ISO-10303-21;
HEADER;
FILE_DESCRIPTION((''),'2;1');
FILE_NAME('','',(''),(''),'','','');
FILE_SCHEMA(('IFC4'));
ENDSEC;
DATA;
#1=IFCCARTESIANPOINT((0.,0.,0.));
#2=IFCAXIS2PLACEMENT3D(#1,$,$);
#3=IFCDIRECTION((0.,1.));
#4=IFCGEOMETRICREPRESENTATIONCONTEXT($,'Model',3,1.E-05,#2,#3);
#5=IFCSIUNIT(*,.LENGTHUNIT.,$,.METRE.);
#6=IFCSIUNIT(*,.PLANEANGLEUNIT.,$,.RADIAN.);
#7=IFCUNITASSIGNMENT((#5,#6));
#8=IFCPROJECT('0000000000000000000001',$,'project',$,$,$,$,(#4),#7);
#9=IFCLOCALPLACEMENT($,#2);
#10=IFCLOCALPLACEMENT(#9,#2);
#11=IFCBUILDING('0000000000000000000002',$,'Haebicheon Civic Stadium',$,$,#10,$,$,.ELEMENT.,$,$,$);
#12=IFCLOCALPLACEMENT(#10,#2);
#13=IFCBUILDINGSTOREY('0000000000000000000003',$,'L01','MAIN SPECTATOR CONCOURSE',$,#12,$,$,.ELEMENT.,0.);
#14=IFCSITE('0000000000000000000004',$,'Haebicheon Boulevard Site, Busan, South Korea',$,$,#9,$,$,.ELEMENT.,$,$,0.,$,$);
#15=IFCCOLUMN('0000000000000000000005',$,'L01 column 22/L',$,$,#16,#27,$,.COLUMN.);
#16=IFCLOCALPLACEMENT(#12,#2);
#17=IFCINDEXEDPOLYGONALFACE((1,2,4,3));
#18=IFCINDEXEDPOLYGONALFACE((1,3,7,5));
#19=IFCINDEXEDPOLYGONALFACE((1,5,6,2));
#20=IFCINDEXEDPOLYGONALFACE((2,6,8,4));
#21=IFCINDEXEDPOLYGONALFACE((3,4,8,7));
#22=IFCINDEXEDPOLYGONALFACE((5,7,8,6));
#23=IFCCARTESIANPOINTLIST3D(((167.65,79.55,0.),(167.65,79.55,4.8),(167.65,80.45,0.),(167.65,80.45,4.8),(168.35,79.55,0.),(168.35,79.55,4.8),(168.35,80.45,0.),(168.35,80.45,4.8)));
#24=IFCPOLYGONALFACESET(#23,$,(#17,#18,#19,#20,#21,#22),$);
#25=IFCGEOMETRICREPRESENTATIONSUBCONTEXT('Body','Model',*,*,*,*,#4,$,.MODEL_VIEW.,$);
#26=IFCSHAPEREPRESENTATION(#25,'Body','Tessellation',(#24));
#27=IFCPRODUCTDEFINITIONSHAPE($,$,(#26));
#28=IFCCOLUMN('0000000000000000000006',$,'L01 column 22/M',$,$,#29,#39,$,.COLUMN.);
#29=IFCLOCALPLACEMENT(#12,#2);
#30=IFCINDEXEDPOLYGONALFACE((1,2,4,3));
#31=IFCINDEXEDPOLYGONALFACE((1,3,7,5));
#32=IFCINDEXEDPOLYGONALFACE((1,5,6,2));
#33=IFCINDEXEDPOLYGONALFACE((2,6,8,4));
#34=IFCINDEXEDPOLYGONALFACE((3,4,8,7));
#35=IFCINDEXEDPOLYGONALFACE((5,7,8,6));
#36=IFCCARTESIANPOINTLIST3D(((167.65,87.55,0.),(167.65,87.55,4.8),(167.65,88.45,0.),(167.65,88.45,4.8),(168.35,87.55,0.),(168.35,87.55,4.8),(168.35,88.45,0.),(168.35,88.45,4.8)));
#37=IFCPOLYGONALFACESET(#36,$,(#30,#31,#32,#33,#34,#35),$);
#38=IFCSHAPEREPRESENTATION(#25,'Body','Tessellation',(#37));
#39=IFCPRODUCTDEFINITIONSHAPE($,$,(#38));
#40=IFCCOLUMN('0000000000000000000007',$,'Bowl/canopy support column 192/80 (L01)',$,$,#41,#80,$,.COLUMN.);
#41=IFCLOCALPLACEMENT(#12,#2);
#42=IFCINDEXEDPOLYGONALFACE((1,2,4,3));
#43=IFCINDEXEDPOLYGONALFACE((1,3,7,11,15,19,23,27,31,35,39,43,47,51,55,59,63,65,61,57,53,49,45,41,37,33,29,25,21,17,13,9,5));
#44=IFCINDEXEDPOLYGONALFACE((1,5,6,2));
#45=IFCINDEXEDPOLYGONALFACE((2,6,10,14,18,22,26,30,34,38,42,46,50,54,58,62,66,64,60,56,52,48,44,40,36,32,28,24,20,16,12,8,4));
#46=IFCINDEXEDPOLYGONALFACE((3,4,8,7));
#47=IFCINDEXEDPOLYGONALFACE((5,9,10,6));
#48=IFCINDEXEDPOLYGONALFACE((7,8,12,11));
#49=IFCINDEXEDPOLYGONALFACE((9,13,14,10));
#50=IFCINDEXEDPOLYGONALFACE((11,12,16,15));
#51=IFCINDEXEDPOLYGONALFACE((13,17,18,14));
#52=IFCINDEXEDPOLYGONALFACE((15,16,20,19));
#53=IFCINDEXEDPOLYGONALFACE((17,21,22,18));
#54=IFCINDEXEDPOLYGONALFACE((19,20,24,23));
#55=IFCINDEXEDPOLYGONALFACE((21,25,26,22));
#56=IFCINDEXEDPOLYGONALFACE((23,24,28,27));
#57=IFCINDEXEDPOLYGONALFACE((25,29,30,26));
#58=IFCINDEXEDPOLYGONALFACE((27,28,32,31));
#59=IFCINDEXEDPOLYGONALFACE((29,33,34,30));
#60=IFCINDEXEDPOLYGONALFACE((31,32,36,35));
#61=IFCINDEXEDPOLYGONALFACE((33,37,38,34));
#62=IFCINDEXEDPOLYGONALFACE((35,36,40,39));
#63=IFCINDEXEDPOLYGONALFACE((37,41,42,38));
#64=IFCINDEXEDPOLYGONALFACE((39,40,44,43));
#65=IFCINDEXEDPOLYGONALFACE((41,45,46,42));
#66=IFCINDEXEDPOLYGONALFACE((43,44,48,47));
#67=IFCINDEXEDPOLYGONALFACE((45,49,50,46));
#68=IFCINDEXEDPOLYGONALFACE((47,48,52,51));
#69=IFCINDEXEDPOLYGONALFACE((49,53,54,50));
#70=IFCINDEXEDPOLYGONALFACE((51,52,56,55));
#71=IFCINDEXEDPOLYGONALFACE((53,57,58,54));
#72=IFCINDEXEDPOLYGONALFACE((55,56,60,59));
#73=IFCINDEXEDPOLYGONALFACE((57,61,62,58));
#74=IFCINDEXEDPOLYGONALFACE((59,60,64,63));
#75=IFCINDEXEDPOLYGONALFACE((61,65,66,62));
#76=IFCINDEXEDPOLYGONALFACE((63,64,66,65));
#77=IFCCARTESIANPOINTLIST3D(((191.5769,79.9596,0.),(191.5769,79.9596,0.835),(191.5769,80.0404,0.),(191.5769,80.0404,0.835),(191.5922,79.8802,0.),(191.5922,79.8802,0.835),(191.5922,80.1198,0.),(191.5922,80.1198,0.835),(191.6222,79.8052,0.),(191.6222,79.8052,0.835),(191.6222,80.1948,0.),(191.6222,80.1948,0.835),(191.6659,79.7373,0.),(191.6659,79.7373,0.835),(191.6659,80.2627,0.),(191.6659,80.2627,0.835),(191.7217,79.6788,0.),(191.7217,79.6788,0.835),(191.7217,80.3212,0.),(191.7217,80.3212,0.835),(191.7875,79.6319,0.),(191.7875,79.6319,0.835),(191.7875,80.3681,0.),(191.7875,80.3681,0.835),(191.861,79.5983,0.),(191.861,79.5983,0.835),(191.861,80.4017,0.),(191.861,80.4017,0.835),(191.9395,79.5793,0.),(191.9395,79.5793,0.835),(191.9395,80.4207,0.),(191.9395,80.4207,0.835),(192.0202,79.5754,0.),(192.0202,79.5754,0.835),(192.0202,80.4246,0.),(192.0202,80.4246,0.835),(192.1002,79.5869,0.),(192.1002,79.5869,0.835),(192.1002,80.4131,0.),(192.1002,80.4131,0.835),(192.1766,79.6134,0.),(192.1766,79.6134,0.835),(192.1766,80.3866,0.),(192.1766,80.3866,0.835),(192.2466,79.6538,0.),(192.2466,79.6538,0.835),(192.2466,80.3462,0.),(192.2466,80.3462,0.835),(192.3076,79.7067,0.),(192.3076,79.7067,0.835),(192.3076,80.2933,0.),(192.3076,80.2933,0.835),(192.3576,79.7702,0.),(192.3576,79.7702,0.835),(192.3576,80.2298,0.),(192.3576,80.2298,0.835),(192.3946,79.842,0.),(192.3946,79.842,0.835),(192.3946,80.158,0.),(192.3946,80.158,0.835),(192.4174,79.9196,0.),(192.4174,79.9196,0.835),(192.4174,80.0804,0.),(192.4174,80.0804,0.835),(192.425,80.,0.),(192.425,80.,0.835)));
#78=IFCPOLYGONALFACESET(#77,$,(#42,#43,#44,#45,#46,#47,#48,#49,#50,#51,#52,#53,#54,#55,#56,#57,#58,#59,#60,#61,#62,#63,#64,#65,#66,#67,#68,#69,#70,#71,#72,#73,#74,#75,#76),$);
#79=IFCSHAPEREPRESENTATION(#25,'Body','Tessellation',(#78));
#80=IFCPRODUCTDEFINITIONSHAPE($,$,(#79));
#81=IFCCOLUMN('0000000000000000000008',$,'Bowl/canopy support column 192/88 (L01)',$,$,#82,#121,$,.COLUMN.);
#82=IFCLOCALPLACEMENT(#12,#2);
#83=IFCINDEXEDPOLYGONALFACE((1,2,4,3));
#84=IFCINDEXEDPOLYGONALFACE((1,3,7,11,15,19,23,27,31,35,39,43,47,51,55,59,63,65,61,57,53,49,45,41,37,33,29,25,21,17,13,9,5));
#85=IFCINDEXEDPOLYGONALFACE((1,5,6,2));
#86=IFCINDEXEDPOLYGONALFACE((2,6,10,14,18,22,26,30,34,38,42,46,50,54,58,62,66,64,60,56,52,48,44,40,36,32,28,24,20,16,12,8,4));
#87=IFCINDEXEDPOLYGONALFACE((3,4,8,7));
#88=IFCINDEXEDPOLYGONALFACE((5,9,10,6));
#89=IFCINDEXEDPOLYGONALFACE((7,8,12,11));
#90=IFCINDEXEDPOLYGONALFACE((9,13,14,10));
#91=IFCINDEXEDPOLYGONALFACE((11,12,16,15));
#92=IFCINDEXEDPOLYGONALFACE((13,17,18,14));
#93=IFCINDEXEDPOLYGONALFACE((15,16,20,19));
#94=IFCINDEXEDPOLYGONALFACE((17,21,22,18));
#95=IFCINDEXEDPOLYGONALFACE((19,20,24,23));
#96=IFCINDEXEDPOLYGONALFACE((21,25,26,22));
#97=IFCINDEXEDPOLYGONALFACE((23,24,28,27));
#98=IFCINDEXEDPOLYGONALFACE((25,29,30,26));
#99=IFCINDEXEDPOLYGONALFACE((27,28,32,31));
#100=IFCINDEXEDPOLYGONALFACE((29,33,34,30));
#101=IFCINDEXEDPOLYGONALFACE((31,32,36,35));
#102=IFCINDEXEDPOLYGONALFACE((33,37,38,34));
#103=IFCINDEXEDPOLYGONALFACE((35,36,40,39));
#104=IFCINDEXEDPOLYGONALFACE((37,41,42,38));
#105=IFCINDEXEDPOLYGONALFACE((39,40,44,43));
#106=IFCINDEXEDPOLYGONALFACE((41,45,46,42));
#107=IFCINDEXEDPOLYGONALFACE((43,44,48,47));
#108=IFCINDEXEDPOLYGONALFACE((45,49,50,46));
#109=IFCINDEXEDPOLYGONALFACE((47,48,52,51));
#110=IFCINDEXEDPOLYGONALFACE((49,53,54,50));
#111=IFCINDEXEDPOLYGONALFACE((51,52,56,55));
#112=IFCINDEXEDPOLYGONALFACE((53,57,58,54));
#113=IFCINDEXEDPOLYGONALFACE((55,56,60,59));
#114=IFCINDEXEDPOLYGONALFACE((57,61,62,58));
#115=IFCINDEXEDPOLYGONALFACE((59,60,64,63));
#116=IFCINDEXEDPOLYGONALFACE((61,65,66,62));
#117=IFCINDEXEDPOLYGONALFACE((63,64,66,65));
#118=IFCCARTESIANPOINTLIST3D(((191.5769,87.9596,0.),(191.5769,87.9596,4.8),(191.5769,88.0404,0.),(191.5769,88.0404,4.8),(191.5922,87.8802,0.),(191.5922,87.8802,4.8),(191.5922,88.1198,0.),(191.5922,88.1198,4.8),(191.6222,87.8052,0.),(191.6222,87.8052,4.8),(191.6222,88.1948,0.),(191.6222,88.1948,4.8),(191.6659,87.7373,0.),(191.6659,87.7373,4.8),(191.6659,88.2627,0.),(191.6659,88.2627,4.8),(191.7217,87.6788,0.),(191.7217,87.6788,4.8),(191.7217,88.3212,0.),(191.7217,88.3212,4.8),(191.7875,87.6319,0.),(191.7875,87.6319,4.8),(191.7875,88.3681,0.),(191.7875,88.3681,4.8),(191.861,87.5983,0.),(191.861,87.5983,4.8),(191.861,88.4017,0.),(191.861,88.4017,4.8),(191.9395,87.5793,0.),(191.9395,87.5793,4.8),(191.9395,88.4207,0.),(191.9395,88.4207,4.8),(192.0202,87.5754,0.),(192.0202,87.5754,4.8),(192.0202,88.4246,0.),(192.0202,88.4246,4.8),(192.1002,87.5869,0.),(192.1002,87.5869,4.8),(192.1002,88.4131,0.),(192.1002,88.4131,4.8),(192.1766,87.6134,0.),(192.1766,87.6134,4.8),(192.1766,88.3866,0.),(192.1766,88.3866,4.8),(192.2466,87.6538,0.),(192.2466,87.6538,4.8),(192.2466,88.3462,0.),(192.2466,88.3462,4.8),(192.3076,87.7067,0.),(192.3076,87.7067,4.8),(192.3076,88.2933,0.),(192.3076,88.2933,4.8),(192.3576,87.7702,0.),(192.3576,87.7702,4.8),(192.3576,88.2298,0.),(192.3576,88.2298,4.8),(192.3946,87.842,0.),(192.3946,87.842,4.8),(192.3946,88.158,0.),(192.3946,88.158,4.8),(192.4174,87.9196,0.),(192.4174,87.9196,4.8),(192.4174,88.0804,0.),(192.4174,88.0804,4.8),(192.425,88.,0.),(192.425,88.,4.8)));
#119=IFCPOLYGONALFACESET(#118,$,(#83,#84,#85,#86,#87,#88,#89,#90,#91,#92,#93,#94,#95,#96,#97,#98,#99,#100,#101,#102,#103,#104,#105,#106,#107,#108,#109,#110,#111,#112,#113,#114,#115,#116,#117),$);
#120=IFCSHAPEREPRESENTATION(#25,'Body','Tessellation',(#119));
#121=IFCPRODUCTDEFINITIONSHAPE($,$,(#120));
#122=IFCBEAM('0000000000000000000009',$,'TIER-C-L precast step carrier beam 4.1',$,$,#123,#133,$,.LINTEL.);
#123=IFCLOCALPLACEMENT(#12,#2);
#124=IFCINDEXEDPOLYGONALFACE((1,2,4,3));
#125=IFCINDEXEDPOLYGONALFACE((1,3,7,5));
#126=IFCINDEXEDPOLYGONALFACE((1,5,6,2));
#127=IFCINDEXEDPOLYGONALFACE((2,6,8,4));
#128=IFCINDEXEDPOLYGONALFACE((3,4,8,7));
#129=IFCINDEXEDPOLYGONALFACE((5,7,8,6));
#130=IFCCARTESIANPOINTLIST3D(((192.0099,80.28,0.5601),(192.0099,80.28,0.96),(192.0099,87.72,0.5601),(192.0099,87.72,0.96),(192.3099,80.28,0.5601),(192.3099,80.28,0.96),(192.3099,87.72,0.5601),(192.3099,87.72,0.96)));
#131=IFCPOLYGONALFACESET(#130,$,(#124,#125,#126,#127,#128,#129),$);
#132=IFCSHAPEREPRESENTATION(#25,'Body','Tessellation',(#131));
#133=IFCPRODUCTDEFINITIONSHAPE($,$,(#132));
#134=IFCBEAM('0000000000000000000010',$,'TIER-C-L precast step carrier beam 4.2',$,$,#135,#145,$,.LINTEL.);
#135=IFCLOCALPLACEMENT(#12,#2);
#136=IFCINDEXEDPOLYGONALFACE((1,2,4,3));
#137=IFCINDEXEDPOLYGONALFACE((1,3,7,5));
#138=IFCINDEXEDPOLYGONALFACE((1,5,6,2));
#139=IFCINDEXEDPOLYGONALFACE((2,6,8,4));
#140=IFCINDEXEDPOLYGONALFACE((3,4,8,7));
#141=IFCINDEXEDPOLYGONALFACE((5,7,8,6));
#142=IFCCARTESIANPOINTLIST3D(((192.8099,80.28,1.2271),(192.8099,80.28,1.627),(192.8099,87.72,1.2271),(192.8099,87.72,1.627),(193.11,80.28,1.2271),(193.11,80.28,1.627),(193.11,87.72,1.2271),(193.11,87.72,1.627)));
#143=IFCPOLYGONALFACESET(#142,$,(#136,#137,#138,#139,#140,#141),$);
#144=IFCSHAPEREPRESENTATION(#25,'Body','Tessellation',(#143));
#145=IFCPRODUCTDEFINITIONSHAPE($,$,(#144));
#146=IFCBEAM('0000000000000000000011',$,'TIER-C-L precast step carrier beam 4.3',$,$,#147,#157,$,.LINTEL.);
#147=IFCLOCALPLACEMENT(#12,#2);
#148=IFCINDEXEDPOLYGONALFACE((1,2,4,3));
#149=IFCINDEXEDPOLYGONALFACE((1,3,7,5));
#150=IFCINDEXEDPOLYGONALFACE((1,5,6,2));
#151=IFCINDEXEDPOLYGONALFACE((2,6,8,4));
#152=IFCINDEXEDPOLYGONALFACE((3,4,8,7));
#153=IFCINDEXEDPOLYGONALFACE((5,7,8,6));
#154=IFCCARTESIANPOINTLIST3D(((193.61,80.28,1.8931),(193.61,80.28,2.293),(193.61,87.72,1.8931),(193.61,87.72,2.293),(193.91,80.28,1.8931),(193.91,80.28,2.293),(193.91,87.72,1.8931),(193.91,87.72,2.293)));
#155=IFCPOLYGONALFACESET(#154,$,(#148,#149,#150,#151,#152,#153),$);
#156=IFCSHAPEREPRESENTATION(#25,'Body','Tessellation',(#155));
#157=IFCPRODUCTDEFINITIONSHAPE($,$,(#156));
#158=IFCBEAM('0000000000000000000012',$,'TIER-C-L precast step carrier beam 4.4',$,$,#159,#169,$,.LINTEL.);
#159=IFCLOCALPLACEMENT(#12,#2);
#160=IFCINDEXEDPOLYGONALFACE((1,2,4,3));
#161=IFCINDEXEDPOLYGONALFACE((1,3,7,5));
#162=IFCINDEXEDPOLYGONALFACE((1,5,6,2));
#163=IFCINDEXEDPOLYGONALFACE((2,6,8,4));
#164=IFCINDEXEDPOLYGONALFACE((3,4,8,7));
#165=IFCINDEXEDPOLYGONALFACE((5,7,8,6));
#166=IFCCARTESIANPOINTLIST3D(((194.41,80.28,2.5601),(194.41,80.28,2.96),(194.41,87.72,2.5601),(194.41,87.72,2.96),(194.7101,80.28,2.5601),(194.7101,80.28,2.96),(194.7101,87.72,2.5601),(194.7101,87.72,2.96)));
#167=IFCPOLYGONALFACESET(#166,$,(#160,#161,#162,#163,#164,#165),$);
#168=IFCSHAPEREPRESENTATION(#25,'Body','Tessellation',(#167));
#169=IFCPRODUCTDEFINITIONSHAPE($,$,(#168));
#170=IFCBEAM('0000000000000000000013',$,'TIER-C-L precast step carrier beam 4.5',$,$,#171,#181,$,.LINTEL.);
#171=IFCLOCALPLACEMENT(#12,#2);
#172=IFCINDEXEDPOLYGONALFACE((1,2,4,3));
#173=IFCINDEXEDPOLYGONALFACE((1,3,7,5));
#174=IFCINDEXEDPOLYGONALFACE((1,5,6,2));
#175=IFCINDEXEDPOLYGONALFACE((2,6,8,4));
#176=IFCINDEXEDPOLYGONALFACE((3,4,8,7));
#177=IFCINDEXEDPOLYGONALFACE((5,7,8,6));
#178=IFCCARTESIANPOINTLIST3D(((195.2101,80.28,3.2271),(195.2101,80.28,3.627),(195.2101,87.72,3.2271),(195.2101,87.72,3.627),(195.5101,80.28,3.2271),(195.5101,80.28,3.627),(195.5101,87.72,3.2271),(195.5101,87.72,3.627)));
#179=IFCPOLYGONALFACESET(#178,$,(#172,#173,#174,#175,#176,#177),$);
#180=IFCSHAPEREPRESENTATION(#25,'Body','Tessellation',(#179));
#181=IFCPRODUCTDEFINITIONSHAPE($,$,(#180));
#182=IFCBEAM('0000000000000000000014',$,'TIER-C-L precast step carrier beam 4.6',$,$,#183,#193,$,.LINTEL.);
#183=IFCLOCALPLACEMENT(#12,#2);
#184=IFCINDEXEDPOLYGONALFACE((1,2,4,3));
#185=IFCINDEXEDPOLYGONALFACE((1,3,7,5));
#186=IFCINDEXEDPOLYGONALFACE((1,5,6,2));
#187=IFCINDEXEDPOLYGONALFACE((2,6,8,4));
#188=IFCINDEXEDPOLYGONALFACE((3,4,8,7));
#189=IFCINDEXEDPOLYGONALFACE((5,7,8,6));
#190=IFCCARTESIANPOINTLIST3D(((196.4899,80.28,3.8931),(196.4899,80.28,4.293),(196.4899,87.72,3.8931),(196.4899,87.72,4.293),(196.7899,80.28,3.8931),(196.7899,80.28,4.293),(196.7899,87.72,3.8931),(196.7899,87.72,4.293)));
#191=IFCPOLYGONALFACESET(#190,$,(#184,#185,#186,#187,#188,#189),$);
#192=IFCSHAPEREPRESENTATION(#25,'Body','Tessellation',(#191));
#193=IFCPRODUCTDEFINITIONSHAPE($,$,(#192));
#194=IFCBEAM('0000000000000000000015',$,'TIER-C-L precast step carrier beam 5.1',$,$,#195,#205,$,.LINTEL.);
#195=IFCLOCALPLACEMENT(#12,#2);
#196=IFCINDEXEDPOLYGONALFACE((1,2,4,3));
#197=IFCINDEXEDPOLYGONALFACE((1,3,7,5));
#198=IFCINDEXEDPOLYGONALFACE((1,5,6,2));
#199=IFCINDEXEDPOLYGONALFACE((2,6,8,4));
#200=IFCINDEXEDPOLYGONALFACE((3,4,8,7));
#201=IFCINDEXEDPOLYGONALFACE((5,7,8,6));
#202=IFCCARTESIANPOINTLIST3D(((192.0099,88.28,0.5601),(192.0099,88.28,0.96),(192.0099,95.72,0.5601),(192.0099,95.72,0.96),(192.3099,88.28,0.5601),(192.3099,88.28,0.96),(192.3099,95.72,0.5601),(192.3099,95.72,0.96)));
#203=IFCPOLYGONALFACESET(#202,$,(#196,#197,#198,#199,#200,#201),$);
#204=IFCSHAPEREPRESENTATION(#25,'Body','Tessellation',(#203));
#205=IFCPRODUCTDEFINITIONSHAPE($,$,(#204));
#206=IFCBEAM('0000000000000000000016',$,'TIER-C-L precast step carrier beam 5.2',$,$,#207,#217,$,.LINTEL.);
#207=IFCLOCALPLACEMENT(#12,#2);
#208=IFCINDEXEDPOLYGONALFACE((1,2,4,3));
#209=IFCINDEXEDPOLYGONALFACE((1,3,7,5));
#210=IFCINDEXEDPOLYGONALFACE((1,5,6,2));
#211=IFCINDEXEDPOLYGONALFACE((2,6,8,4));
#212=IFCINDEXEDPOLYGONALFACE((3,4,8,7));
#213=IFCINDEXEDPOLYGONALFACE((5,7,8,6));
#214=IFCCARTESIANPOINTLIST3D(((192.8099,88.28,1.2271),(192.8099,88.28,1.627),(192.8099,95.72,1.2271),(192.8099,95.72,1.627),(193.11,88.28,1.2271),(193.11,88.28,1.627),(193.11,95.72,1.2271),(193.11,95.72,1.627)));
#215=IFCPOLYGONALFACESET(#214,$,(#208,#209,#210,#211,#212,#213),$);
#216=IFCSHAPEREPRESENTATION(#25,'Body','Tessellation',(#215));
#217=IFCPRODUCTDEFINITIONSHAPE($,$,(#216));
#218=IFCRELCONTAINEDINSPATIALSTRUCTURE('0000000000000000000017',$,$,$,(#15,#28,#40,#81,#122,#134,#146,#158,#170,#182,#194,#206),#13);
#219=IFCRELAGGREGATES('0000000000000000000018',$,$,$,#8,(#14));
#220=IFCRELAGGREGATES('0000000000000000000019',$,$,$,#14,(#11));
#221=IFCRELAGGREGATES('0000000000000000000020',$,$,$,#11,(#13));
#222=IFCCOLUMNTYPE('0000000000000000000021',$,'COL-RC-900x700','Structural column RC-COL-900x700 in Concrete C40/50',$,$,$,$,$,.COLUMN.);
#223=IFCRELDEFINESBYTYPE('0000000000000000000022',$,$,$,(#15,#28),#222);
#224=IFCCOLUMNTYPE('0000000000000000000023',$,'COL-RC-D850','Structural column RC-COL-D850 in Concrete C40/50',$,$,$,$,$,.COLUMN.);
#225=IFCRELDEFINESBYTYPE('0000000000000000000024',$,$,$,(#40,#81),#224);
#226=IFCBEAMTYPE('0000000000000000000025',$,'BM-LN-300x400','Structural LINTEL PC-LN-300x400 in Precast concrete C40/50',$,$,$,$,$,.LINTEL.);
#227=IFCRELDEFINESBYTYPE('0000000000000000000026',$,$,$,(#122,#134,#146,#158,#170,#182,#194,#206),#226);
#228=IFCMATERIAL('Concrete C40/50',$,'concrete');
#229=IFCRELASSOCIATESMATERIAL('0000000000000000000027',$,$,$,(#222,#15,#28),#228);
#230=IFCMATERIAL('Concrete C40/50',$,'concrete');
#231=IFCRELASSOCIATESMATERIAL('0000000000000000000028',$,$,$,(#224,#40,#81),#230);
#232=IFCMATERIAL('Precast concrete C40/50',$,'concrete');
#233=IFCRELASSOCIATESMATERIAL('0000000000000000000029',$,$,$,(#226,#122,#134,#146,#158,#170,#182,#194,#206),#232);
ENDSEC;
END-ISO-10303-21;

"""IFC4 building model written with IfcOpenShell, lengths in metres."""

from ifc_helpers import new_model, si_unit, direction, frame, origin, origin_2d, place, context, subcontext, project, spatial, rectangle, circle, extrude, material, material_profile, profile_set, type_object, element, save


model = new_model("IFC4")

# Units and contexts
model_context = context("Model", 3, precision=1e-05, world=origin(), true_north=direction((0.0, 1.0)))
body_context = subcontext(model_context, "Body", "Model", "MODEL_VIEW")
ifc_project = project(units=[si_unit("LENGTHUNIT", "METRE"), si_unit("PLANEANGLEUNIT", "RADIAN")], contexts=[model_context])

# Site, building, storey
site_placement = place(None, origin())
site = spatial("IfcSite", under=ifc_project, at=site_placement, Name="Haebicheon Boulevard Site, Busan, South Korea", CompositionType="ELEMENT", RefElevation=0.0)
building_placement = place(site_placement, origin())
building = spatial("IfcBuilding", under=site, at=building_placement, Name="Haebicheon Civic Stadium", CompositionType="ELEMENT")
storey_placement = place(building_placement, origin())
storey = spatial("IfcBuildingStorey", under=building, at=storey_placement, Name="L01", Description="MAIN SPECTATOR CONCOURSE", CompositionType="ELEMENT", Elevation=0.0)

# Columns
ifc_material_1 = material(Name="Concrete C40/50", Category="concrete")
ifc_material_profile_1 = material_profile(ifc_material_1, rectangle(XDim=0.7, YDim=0.8999, at=origin_2d()), Name="RC-COL-900x700")
ifc_profile_set_1 = profile_set([ifc_material_profile_1], Name="Concrete C40/50")
column_type_1 = type_object("IfcColumnType", Name="COL-RC-900x700", Description="Structural column RC-COL-900x700 in Concrete C40/50", PredefinedType="COLUMN", material=ifc_profile_set_1)
for number, where, z_axis, x_axis, name in (
    (1, (168.0, 80.0, 0.0), (0.0, 0.0, 1.0), (1.0, 0.0, 0.0), "L01 column 22/L"),
    (2, (168.0, 88.0, 0.0), (0.0, 0.0, 1.0), (1.0, 0.0, 0.0), "L01 column 22/M"),
):
    element("IfcColumn", number, at=place(storey_placement, frame(where, z_axis=z_axis, x_axis=x_axis)), inside=storey, type_object=column_type_1, material=ifc_profile_set_1, Name=name, PredefinedType="COLUMN", context=body_context, shape_type="SweptSolid", body=[
        extrude(rectangle(XDim=0.7, YDim=0.8999, at=origin_2d()), origin(), (0.0, 0.0, 1.0), 4.8),
    ])
ifc_material_2 = material(Name="Concrete C40/50", Category="concrete")
ifc_material_profile_2 = material_profile(ifc_material_2, circle(Radius=0.425, at=origin_2d()), Name="RC-COL-D850")
ifc_profile_set_2 = profile_set([ifc_material_profile_2], Name="Concrete C40/50")
column_type_2 = type_object("IfcColumnType", Name="COL-RC-D850", Description="Structural column RC-COL-D850 in Concrete C40/50", PredefinedType="COLUMN", material=ifc_profile_set_2)
column_1_placement = place(storey_placement, frame((192.0, 80.0, 0.0), z_axis=(0.0, 0.0, 1.0), x_axis=(1.0, 0.0, 0.0)))
element("IfcColumn", 3, at=column_1_placement, inside=storey, type_object=column_type_2, material=ifc_profile_set_2, Name="Bowl/canopy support column 192/80 (L01)", PredefinedType="COLUMN", context=body_context, shape_type="SweptSolid", body=[
    extrude(circle(Radius=0.425, at=origin_2d()), origin(), (0.0, 0.0, 1.0), 0.835),
])
column_2_placement = place(storey_placement, frame((192.0, 88.0, 0.0), z_axis=(0.0, 0.0, 1.0), x_axis=(1.0, 0.0, 0.0)))
element("IfcColumn", 4, at=column_2_placement, inside=storey, type_object=column_type_2, material=ifc_profile_set_2, Name="Bowl/canopy support column 192/88 (L01)", PredefinedType="COLUMN", context=body_context, shape_type="SweptSolid", body=[
    extrude(circle(Radius=0.425, at=origin_2d()), origin(), (0.0, 0.0, 1.0), 4.8),
])

# Beams
ifc_material_3 = material(Name="Precast concrete C40/50", Category="concrete")
ifc_material_profile_3 = material_profile(ifc_material_3, rectangle(XDim=0.3, YDim=0.3999, at=origin_2d()), Name="PC-LN-300x400")
ifc_profile_set_3 = profile_set([ifc_material_profile_3], Name="Precast concrete C40/50")
beam_type_1 = type_object("IfcBeamType", Name="BM-LN-300x400", Description="Structural LINTEL PC-LN-300x400 in Precast concrete C40/50", PredefinedType="LINTEL", material=ifc_profile_set_3)
for number, where, z_axis, x_axis, name in (
    (5, (192.1599, 80.28, 0.76), (0.0, 1.0, 0.0), (-1.0, 0.0, 0.0), "TIER-C-L precast step carrier beam 4.1"),
    (6, (192.96, 80.28, 1.427), (0.0, 1.0, 0.0), (-1.0, 0.0, 0.0), "TIER-C-L precast step carrier beam 4.2"),
    (7, (193.76, 80.28, 2.093), (0.0, 1.0, 0.0), (-1.0, 0.0, 0.0), "TIER-C-L precast step carrier beam 4.3"),
    (8, (194.5601, 80.28, 2.76), (0.0, 1.0, 0.0), (-1.0, 0.0, 0.0), "TIER-C-L precast step carrier beam 4.4"),
    (9, (195.3601, 80.28, 3.427), (0.0, 1.0, 0.0), (-1.0, 0.0, 0.0), "TIER-C-L precast step carrier beam 4.5"),
    (10, (196.6399, 80.28, 4.093), (0.0, 1.0, 0.0), (-1.0, 0.0, 0.0), "TIER-C-L precast step carrier beam 4.6"),
    (11, (192.1599, 88.28, 0.76), (0.0, 1.0, 0.0), (-1.0, 0.0, 0.0), "TIER-C-L precast step carrier beam 5.1"),
    (12, (192.96, 88.28, 1.427), (0.0, 1.0, 0.0), (-1.0, 0.0, 0.0), "TIER-C-L precast step carrier beam 5.2"),
):
    element("IfcBeam", number, at=place(storey_placement, frame(where, z_axis=z_axis, x_axis=x_axis)), inside=storey, type_object=beam_type_1, material=ifc_profile_set_3, Name=name, PredefinedType="LINTEL", context=body_context, shape_type="SweptSolid", body=[
        extrude(rectangle(XDim=0.3, YDim=0.3999, at=origin_2d()), origin(), (0.0, 0.0, 1.0), 7.4399),
    ])

save(model, "model.ifc")
